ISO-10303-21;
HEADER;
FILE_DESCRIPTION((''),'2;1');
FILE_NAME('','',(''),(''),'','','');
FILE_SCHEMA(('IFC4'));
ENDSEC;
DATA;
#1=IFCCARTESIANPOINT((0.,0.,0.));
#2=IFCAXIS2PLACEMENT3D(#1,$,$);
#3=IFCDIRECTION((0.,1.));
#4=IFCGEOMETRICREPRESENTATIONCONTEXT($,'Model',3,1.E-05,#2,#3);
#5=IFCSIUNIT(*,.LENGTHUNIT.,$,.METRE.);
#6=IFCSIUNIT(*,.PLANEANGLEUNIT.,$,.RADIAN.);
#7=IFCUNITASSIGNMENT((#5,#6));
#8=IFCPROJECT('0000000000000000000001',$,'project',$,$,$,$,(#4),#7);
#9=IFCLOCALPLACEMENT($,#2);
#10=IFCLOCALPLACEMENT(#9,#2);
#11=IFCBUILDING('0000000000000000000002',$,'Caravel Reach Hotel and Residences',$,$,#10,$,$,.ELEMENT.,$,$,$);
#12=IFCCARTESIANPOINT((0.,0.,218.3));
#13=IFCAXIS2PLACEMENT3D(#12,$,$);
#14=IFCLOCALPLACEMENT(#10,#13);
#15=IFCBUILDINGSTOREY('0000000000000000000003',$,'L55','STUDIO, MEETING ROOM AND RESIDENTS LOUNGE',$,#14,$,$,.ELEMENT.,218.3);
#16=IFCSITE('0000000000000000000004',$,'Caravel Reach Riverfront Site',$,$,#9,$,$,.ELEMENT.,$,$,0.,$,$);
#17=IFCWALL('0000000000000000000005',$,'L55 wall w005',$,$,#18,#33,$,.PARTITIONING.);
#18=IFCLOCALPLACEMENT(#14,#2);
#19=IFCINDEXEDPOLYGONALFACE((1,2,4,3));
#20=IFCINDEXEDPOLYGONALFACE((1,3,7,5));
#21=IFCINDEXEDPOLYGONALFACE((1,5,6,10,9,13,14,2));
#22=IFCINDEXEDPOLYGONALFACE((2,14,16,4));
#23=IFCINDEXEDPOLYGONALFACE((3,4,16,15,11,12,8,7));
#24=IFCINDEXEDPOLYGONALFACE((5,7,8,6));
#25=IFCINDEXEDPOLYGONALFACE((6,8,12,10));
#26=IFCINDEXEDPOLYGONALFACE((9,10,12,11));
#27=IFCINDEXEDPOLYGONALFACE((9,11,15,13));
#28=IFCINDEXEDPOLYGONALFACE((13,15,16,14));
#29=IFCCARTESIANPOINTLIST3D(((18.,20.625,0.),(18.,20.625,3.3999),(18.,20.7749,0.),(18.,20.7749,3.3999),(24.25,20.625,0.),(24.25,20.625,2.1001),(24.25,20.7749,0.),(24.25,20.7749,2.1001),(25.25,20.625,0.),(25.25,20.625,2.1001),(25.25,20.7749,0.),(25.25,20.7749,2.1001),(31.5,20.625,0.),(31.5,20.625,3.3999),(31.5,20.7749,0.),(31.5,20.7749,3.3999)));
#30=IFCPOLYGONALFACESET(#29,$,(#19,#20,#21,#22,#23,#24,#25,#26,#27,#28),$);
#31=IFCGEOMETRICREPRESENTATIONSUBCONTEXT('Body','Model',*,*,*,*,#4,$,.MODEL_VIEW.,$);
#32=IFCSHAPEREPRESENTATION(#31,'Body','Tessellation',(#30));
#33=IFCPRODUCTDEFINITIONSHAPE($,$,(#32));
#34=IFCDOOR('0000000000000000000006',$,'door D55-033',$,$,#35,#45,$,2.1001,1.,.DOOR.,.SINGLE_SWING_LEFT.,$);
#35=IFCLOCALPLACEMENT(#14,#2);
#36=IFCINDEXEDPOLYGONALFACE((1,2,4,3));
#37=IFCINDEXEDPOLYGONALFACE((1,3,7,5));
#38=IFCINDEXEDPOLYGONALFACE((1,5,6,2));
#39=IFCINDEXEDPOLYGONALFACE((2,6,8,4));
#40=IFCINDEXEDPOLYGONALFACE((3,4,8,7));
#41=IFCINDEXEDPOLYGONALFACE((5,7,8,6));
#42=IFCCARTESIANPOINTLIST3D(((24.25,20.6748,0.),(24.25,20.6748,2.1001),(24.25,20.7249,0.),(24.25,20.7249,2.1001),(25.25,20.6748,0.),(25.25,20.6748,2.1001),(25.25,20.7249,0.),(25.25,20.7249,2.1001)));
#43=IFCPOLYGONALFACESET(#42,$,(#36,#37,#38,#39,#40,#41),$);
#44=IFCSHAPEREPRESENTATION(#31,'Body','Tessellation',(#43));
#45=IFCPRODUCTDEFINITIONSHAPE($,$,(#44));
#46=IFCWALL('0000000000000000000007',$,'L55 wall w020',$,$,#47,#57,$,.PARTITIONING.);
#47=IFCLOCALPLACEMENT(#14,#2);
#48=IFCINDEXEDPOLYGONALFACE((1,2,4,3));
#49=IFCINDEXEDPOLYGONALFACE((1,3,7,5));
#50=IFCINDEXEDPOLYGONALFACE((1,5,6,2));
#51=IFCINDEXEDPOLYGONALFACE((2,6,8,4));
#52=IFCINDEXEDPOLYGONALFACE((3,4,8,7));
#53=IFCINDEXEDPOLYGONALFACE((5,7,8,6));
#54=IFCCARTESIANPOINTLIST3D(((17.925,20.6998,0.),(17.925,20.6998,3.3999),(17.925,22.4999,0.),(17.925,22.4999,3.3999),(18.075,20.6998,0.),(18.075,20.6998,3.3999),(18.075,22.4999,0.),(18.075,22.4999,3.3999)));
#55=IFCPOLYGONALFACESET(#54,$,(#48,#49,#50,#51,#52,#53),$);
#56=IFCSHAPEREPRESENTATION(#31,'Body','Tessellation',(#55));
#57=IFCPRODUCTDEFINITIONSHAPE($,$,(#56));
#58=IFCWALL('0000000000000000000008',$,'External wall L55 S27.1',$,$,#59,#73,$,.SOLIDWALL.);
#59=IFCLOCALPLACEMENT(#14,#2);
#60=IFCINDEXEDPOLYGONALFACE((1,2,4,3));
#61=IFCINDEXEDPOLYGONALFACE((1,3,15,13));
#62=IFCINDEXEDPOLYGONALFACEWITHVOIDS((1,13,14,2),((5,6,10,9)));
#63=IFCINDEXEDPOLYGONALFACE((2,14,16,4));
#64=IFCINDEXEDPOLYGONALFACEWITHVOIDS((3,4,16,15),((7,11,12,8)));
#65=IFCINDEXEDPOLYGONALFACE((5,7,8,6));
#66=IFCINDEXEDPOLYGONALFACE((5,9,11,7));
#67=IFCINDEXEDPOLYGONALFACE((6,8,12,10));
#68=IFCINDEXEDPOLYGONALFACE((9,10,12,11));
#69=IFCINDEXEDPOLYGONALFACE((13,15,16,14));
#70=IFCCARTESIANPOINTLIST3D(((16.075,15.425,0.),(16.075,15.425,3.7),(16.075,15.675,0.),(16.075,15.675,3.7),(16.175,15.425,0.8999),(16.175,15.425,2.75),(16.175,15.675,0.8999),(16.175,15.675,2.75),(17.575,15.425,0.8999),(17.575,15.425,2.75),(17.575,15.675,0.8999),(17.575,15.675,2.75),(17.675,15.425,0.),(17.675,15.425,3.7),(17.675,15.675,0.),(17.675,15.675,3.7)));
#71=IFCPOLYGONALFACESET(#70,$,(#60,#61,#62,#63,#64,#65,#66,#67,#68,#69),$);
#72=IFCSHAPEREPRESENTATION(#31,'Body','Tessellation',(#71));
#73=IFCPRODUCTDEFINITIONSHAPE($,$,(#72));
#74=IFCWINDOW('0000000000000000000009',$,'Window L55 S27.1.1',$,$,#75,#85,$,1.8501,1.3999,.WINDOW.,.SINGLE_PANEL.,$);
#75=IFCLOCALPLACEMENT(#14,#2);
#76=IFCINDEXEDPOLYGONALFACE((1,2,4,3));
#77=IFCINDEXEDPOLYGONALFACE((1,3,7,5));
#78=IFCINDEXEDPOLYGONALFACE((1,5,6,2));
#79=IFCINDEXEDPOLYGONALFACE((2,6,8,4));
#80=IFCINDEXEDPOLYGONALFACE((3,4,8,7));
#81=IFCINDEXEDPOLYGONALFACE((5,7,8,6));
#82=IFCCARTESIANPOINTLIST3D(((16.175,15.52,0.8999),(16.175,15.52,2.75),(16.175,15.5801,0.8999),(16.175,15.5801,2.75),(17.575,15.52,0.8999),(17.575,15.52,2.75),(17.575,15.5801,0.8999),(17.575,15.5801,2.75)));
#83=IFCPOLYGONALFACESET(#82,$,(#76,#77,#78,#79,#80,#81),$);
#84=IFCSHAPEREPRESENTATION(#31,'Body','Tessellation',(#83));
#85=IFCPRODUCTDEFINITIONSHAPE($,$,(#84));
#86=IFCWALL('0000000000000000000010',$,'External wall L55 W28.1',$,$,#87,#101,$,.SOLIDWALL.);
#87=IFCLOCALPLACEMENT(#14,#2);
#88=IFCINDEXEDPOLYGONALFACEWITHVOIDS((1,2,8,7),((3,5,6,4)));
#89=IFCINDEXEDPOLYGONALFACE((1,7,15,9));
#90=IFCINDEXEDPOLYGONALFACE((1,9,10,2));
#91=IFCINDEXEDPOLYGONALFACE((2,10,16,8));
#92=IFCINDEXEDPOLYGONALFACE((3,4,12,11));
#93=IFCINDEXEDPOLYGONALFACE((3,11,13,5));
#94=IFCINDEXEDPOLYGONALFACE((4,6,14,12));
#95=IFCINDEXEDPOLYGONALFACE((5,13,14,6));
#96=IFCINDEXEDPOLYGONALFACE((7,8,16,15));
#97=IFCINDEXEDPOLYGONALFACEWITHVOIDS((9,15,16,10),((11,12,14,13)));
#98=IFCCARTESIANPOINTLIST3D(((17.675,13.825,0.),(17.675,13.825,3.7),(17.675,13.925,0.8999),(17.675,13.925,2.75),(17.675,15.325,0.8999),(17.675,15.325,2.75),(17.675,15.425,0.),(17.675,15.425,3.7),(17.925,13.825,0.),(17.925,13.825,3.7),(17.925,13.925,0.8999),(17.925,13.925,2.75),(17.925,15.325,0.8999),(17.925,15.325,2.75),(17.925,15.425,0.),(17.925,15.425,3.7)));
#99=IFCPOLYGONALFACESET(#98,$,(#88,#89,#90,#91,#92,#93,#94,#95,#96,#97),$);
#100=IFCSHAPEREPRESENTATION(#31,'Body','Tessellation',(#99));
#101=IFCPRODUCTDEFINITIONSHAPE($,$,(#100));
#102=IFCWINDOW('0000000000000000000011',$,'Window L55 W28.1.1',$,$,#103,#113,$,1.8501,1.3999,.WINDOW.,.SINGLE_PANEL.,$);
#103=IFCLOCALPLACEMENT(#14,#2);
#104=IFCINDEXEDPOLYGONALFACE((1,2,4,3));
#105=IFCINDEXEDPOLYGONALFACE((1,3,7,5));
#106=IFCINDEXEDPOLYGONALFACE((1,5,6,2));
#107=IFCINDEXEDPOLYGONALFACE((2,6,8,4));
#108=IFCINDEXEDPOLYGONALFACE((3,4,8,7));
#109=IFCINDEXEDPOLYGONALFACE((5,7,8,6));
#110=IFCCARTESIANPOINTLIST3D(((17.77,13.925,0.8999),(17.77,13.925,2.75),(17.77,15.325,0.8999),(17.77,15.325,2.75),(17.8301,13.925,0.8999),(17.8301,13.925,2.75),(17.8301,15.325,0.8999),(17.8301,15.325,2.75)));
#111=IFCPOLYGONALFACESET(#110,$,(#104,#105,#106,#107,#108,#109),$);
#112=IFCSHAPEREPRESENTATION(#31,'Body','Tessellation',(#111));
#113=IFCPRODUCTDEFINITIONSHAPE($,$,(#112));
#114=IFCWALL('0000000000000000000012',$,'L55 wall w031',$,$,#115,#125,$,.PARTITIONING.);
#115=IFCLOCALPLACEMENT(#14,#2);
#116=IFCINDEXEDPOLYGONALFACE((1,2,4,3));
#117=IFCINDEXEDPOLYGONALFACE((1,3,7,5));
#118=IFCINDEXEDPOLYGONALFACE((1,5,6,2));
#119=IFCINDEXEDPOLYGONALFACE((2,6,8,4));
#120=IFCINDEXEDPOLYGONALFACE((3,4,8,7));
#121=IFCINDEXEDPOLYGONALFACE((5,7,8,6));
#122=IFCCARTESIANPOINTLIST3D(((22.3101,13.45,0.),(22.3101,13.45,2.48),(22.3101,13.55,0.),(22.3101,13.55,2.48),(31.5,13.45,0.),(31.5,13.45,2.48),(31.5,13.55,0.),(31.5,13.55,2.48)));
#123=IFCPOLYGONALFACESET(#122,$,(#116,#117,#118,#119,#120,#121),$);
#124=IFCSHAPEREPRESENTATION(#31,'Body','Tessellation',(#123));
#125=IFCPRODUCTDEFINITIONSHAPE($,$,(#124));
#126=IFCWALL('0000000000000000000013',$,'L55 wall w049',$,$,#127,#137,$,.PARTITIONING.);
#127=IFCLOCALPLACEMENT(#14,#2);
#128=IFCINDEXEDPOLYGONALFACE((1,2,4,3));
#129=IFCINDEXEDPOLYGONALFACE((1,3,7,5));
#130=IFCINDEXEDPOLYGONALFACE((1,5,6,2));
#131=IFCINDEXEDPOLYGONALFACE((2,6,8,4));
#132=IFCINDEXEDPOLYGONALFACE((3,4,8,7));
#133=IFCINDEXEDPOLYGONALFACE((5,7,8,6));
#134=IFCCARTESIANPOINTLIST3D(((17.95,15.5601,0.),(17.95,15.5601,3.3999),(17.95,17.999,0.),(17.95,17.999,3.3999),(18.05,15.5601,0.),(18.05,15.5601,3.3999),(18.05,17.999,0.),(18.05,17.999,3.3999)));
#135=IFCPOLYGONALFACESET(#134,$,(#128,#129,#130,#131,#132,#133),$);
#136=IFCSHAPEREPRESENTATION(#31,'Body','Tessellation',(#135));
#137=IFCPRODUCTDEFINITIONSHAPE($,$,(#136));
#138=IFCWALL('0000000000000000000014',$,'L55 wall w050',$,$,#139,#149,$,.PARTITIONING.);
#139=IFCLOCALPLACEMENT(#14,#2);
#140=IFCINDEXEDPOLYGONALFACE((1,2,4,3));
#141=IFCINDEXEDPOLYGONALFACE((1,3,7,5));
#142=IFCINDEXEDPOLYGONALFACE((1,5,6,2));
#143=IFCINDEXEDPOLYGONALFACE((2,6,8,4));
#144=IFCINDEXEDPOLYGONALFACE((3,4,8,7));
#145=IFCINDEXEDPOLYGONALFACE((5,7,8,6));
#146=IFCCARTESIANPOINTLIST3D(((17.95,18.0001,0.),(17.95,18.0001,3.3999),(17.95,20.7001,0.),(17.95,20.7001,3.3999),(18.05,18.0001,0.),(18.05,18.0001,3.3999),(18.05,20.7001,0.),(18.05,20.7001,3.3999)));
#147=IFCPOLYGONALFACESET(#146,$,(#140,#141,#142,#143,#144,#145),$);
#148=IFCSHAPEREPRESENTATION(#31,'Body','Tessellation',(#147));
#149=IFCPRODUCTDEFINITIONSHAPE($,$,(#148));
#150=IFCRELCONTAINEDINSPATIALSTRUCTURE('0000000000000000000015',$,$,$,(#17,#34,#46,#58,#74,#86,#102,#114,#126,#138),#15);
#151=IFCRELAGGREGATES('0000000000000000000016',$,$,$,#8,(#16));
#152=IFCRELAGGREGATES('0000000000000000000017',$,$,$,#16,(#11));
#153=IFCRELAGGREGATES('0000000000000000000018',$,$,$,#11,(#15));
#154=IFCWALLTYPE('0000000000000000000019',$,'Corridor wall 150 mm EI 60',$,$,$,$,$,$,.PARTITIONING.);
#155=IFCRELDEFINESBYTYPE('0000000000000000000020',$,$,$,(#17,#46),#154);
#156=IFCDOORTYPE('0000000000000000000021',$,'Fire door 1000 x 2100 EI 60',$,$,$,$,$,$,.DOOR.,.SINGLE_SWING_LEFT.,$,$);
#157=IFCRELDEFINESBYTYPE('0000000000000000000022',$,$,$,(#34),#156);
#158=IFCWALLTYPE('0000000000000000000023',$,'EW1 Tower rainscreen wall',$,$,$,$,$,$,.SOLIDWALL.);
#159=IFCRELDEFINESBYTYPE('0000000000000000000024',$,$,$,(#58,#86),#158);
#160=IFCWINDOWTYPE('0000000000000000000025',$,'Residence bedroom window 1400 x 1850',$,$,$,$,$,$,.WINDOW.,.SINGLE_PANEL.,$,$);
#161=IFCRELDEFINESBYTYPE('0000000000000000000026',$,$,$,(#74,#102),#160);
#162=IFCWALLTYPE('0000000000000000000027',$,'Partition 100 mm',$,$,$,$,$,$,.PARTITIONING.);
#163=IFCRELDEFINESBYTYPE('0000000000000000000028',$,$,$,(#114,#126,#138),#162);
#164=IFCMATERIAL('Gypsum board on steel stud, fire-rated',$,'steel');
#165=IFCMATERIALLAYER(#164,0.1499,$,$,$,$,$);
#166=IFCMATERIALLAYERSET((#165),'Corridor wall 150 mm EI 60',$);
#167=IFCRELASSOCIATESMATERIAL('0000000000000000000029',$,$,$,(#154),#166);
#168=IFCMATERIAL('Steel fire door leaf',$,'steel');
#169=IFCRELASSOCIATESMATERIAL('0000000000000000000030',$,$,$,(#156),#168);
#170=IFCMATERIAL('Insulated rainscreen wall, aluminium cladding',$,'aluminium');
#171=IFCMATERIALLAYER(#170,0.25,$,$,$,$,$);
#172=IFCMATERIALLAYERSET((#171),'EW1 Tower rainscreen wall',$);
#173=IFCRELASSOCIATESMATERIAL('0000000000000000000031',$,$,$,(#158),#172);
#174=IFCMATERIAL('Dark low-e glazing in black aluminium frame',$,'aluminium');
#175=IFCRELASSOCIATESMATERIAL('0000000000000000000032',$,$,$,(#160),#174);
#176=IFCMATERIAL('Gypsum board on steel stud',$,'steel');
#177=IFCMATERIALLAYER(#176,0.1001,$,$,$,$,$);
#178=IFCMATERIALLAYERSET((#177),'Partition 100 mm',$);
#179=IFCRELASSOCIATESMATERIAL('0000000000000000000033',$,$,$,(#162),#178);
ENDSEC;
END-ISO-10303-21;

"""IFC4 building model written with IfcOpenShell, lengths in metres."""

from ifc_helpers import new_model, si_unit, direction, frame, frame_2d, origin, place, context, subcontext, project, spatial, rectangle, extrude, material, layer, layer_set, type_object, element, fill, save


model = new_model("IFC4")

# Units and contexts
model_context = context("Model", 3, precision=1e-05, world=origin(), true_north=direction((0.0, 1.0)))
body_context = subcontext(model_context, "Body", "Model", "MODEL_VIEW")
ifc_project = project(units=[si_unit("LENGTHUNIT", "METRE"), si_unit("PLANEANGLEUNIT", "RADIAN")], contexts=[model_context])

# Site, building, storey
site_placement = place(None, origin())
site = spatial("IfcSite", under=ifc_project, at=site_placement, Name="Caravel Reach Riverfront Site", CompositionType="ELEMENT", RefElevation=0.0)
building_placement = place(site_placement, origin())
building = spatial("IfcBuilding", under=site, at=building_placement, Name="Caravel Reach Hotel and Residences", CompositionType="ELEMENT")
storey_placement = place(building_placement, frame((0.0, 0.0, 218.3)))
storey = spatial("IfcBuildingStorey", under=building, at=storey_placement, Name="L55", Description="STUDIO, MEETING ROOM AND RESIDENTS LOUNGE", CompositionType="ELEMENT", Elevation=218.3)

# Wall, opening, door
ifc_material_1 = material(Name="Gypsum board on steel stud, fire-rated", Category="steel")
ifc_layer_1 = layer(ifc_material_1, 0.1499)
ifc_layer_set_1 = layer_set([ifc_layer_1], Name="Corridor wall 150 mm EI 60")
wall_type_1 = type_object("IfcWallType", Name="Corridor wall 150 mm EI 60", PredefinedType="PARTITIONING", material=ifc_layer_set_1)
wall_1_placement = place(storey_placement, frame((18.0, 20.7, 0.0), z_axis=(0.0, 0.0, 1.0), x_axis=(1.0, 0.0, 0.0)))
wall_1 = element("IfcWall", 1, at=wall_1_placement, inside=storey, type_object=wall_type_1, Name="L55 wall w005", PredefinedType="PARTITIONING", context=body_context, shape_type="SweptSolid", body=[
    extrude(rectangle(XDim=13.5, YDim=0.1499, at=frame_2d((6.75, 0.0))), origin(), (0.0, 0.0, 1.0), 3.3999),
])
opening_1_placement = place(wall_1_placement, frame((6.25, 0.0, 0.0)))
opening_1 = element("IfcOpeningElement", 2, at=opening_1_placement, cuts=wall_1, PredefinedType="OPENING", context=body_context, shape_type="SweptSolid", body=[
    extrude(rectangle(XDim=1.0, YDim=2.1001, at=frame_2d((0.5, 1.05))), frame((0.0, 0.085, 0.0), z_axis=(0.0, -1.0, 0.0), x_axis=(1.0, 0.0, 0.0)), (0.0, 0.0, 1.0), 0.1699),
])
ifc_material_2 = material(Name="Steel fire door leaf", Category="steel")
door_type_1 = type_object("IfcDoorType", Name="Fire door 1000 x 2100 EI 60", OperationType="SINGLE_SWING_LEFT", PredefinedType="DOOR", material=ifc_material_2)
door_1_placement = place(opening_1_placement, origin())
door_1 = element("IfcDoor", 3, at=door_1_placement, inside=storey, type_object=door_type_1, Name="door D55-033", OperationType="SINGLE_SWING_LEFT", OverallHeight=2.1001, OverallWidth=1.0, PredefinedType="DOOR", context=body_context, shape_type="SweptSolid", body=[
    extrude(rectangle(XDim=1.0, YDim=2.1001, at=frame_2d((0.5, 1.05))), frame((0.0, 0.0249, 0.0), z_axis=(0.0, -1.0, 0.0), x_axis=(1.0, 0.0, 0.0)), (0.0, 0.0, 1.0), 0.05),
])
fill(opening_1, door_1)

# Wall
wall_2_placement = place(storey_placement, frame((18.0, 20.7, 0.0), z_axis=(0.0, 0.0, 1.0), x_axis=(0.0, 1.0, 0.0)))
element("IfcWall", 4, at=wall_2_placement, inside=storey, type_object=wall_type_1, Name="L55 wall w020", PredefinedType="PARTITIONING", context=body_context, shape_type="SweptSolid", body=[
    extrude(rectangle(XDim=1.8, YDim=0.1499, at=frame_2d((0.8999, 0.0))), origin(), (0.0, 0.0, 1.0), 3.3999),
])

# Walls, openings, windows
ifc_material_3 = material(Name="Insulated rainscreen wall, aluminium cladding", Category="aluminium")
ifc_layer_2 = layer(ifc_material_3, 0.25)
ifc_layer_set_2 = layer_set([ifc_layer_2], Name="EW1 Tower rainscreen wall")
wall_type_2 = type_object("IfcWallType", Name="EW1 Tower rainscreen wall", PredefinedType="SOLIDWALL", material=ifc_layer_set_2)
wall_3_placement = place(storey_placement, frame((16.075, 15.55, 0.0), z_axis=(0.0, 0.0, 1.0), x_axis=(1.0, 0.0, 0.0)))
wall_3 = element("IfcWall", 5, at=wall_3_placement, inside=storey, type_object=wall_type_2, Name="External wall L55 S27.1", PredefinedType="SOLIDWALL", context=body_context, shape_type="SweptSolid", body=[
    extrude(rectangle(XDim=1.6001, YDim=0.25, at=frame_2d((0.8, 0.0))), origin(), (0.0, 0.0, 1.0), 3.7),
])
opening_2_placement = place(wall_3_placement, frame((0.1001, 0.0, 0.8999)))
opening_2 = element("IfcOpeningElement", 6, at=opening_2_placement, cuts=wall_3, PredefinedType="OPENING", context=body_context, shape_type="SweptSolid", body=[
    extrude(rectangle(XDim=1.3999, YDim=1.8501, at=frame_2d((0.7, 0.925))), frame((0.0, 0.135, 0.0), z_axis=(0.0, -1.0, 0.0), x_axis=(1.0, 0.0, 0.0)), (0.0, 0.0, 1.0), 0.27),
])
ifc_material_4 = material(Name="Dark low-e glazing in black aluminium frame", Category="aluminium")
window_type = type_object("IfcWindowType", Name="Residence bedroom window 1400 x 1850", PartitioningType="SINGLE_PANEL", PredefinedType="WINDOW", material=ifc_material_4)
window_1_placement = place(opening_2_placement, origin())
window_1 = element("IfcWindow", 7, at=window_1_placement, inside=storey, type_object=window_type, Name="Window L55 S27.1.1", OverallHeight=1.8501, OverallWidth=1.3999, PartitioningType="SINGLE_PANEL", PredefinedType="WINDOW", context=body_context, shape_type="SweptSolid", body=[
    extrude(rectangle(XDim=1.3999, YDim=1.8501, at=frame_2d((0.7, 0.925))), frame((0.0, 0.03, 0.0), z_axis=(0.0, -1.0, 0.0), x_axis=(1.0, 0.0, 0.0)), (0.0, 0.0, 1.0), 0.0601),
])
fill(opening_2, window_1)
wall_4_placement = place(storey_placement, frame((17.8, 15.425, 0.0), z_axis=(0.0, 0.0, 1.0), x_axis=(0.0, -1.0, 0.0)))
wall_4 = element("IfcWall", 8, at=wall_4_placement, inside=storey, type_object=wall_type_2, Name="External wall L55 W28.1", PredefinedType="SOLIDWALL", context=body_context, shape_type="SweptSolid", body=[
    extrude(rectangle(XDim=1.6001, YDim=0.25, at=frame_2d((0.8, 0.0))), origin(), (0.0, 0.0, 1.0), 3.7),
])
opening_3_placement = place(wall_4_placement, frame((0.1001, 0.0, 0.8999)))
opening_3 = element("IfcOpeningElement", 9, at=opening_3_placement, cuts=wall_4, PredefinedType="OPENING", context=body_context, shape_type="SweptSolid", body=[
    extrude(rectangle(XDim=1.3999, YDim=1.8501, at=frame_2d((0.7, 0.925))), frame((0.0, 0.135, 0.0), z_axis=(0.0, -1.0, 0.0), x_axis=(1.0, 0.0, 0.0)), (0.0, 0.0, 1.0), 0.27),
])
window_2_placement = place(opening_3_placement, origin())
window_2 = element("IfcWindow", 10, at=window_2_placement, inside=storey, type_object=window_type, Name="Window L55 W28.1.1", OverallHeight=1.8501, OverallWidth=1.3999, PartitioningType="SINGLE_PANEL", PredefinedType="WINDOW", context=body_context, shape_type="SweptSolid", body=[
    extrude(rectangle(XDim=1.3999, YDim=1.8501, at=frame_2d((0.7, 0.925))), frame((0.0, 0.03, 0.0), z_axis=(0.0, -1.0, 0.0), x_axis=(1.0, 0.0, 0.0)), (0.0, 0.0, 1.0), 0.0601),
])
fill(opening_3, window_2)

# Walls
ifc_material_5 = material(Name="Gypsum board on steel stud", Category="steel")
ifc_layer_3 = layer(ifc_material_5, 0.1001)
ifc_layer_set_3 = layer_set([ifc_layer_3], Name="Partition 100 mm")
wall_type_3 = type_object("IfcWallType", Name="Partition 100 mm", PredefinedType="PARTITIONING", material=ifc_layer_set_3)
wall_5_placement = place(storey_placement, frame((22.3101, 13.5, 0.0), z_axis=(0.0, 0.0, 1.0), x_axis=(1.0, 0.0, 0.0)))
element("IfcWall", 11, at=wall_5_placement, inside=storey, type_object=wall_type_3, Name="L55 wall w031", PredefinedType="PARTITIONING", context=body_context, shape_type="SweptSolid", body=[
    extrude(rectangle(XDim=9.1899, YDim=0.1001, at=frame_2d((4.595, 0.0))), origin(), (0.0, 0.0, 1.0), 2.48),
])
wall_6_placement = place(storey_placement, frame((18.0, 15.5601, 0.0), z_axis=(0.0, 0.0, 1.0), x_axis=(0.0, 1.0, 0.0)))
element("IfcWall", 12, at=wall_6_placement, inside=storey, type_object=wall_type_3, Name="L55 wall w049", PredefinedType="PARTITIONING", context=body_context, shape_type="SweptSolid", body=[
    extrude(rectangle(XDim=2.439, YDim=0.1001, at=frame_2d((1.2195, 0.0))), origin(), (0.0, 0.0, 1.0), 3.3999),
])
wall_7_placement = place(storey_placement, frame((18.0, 18.0, 0.0), z_axis=(0.0, 0.0, 1.0), x_axis=(0.0, 1.0, 0.0)))
element("IfcWall", 13, at=wall_7_placement, inside=storey, type_object=wall_type_3, Name="L55 wall w050", PredefinedType="PARTITIONING", context=body_context, shape_type="SweptSolid", body=[
    extrude(rectangle(XDim=2.7, YDim=0.1001, at=frame_2d((1.3501, 0.0))), origin(), (0.0, 0.0, 1.0), 3.3999),
])

save(model, "model.ifc")
